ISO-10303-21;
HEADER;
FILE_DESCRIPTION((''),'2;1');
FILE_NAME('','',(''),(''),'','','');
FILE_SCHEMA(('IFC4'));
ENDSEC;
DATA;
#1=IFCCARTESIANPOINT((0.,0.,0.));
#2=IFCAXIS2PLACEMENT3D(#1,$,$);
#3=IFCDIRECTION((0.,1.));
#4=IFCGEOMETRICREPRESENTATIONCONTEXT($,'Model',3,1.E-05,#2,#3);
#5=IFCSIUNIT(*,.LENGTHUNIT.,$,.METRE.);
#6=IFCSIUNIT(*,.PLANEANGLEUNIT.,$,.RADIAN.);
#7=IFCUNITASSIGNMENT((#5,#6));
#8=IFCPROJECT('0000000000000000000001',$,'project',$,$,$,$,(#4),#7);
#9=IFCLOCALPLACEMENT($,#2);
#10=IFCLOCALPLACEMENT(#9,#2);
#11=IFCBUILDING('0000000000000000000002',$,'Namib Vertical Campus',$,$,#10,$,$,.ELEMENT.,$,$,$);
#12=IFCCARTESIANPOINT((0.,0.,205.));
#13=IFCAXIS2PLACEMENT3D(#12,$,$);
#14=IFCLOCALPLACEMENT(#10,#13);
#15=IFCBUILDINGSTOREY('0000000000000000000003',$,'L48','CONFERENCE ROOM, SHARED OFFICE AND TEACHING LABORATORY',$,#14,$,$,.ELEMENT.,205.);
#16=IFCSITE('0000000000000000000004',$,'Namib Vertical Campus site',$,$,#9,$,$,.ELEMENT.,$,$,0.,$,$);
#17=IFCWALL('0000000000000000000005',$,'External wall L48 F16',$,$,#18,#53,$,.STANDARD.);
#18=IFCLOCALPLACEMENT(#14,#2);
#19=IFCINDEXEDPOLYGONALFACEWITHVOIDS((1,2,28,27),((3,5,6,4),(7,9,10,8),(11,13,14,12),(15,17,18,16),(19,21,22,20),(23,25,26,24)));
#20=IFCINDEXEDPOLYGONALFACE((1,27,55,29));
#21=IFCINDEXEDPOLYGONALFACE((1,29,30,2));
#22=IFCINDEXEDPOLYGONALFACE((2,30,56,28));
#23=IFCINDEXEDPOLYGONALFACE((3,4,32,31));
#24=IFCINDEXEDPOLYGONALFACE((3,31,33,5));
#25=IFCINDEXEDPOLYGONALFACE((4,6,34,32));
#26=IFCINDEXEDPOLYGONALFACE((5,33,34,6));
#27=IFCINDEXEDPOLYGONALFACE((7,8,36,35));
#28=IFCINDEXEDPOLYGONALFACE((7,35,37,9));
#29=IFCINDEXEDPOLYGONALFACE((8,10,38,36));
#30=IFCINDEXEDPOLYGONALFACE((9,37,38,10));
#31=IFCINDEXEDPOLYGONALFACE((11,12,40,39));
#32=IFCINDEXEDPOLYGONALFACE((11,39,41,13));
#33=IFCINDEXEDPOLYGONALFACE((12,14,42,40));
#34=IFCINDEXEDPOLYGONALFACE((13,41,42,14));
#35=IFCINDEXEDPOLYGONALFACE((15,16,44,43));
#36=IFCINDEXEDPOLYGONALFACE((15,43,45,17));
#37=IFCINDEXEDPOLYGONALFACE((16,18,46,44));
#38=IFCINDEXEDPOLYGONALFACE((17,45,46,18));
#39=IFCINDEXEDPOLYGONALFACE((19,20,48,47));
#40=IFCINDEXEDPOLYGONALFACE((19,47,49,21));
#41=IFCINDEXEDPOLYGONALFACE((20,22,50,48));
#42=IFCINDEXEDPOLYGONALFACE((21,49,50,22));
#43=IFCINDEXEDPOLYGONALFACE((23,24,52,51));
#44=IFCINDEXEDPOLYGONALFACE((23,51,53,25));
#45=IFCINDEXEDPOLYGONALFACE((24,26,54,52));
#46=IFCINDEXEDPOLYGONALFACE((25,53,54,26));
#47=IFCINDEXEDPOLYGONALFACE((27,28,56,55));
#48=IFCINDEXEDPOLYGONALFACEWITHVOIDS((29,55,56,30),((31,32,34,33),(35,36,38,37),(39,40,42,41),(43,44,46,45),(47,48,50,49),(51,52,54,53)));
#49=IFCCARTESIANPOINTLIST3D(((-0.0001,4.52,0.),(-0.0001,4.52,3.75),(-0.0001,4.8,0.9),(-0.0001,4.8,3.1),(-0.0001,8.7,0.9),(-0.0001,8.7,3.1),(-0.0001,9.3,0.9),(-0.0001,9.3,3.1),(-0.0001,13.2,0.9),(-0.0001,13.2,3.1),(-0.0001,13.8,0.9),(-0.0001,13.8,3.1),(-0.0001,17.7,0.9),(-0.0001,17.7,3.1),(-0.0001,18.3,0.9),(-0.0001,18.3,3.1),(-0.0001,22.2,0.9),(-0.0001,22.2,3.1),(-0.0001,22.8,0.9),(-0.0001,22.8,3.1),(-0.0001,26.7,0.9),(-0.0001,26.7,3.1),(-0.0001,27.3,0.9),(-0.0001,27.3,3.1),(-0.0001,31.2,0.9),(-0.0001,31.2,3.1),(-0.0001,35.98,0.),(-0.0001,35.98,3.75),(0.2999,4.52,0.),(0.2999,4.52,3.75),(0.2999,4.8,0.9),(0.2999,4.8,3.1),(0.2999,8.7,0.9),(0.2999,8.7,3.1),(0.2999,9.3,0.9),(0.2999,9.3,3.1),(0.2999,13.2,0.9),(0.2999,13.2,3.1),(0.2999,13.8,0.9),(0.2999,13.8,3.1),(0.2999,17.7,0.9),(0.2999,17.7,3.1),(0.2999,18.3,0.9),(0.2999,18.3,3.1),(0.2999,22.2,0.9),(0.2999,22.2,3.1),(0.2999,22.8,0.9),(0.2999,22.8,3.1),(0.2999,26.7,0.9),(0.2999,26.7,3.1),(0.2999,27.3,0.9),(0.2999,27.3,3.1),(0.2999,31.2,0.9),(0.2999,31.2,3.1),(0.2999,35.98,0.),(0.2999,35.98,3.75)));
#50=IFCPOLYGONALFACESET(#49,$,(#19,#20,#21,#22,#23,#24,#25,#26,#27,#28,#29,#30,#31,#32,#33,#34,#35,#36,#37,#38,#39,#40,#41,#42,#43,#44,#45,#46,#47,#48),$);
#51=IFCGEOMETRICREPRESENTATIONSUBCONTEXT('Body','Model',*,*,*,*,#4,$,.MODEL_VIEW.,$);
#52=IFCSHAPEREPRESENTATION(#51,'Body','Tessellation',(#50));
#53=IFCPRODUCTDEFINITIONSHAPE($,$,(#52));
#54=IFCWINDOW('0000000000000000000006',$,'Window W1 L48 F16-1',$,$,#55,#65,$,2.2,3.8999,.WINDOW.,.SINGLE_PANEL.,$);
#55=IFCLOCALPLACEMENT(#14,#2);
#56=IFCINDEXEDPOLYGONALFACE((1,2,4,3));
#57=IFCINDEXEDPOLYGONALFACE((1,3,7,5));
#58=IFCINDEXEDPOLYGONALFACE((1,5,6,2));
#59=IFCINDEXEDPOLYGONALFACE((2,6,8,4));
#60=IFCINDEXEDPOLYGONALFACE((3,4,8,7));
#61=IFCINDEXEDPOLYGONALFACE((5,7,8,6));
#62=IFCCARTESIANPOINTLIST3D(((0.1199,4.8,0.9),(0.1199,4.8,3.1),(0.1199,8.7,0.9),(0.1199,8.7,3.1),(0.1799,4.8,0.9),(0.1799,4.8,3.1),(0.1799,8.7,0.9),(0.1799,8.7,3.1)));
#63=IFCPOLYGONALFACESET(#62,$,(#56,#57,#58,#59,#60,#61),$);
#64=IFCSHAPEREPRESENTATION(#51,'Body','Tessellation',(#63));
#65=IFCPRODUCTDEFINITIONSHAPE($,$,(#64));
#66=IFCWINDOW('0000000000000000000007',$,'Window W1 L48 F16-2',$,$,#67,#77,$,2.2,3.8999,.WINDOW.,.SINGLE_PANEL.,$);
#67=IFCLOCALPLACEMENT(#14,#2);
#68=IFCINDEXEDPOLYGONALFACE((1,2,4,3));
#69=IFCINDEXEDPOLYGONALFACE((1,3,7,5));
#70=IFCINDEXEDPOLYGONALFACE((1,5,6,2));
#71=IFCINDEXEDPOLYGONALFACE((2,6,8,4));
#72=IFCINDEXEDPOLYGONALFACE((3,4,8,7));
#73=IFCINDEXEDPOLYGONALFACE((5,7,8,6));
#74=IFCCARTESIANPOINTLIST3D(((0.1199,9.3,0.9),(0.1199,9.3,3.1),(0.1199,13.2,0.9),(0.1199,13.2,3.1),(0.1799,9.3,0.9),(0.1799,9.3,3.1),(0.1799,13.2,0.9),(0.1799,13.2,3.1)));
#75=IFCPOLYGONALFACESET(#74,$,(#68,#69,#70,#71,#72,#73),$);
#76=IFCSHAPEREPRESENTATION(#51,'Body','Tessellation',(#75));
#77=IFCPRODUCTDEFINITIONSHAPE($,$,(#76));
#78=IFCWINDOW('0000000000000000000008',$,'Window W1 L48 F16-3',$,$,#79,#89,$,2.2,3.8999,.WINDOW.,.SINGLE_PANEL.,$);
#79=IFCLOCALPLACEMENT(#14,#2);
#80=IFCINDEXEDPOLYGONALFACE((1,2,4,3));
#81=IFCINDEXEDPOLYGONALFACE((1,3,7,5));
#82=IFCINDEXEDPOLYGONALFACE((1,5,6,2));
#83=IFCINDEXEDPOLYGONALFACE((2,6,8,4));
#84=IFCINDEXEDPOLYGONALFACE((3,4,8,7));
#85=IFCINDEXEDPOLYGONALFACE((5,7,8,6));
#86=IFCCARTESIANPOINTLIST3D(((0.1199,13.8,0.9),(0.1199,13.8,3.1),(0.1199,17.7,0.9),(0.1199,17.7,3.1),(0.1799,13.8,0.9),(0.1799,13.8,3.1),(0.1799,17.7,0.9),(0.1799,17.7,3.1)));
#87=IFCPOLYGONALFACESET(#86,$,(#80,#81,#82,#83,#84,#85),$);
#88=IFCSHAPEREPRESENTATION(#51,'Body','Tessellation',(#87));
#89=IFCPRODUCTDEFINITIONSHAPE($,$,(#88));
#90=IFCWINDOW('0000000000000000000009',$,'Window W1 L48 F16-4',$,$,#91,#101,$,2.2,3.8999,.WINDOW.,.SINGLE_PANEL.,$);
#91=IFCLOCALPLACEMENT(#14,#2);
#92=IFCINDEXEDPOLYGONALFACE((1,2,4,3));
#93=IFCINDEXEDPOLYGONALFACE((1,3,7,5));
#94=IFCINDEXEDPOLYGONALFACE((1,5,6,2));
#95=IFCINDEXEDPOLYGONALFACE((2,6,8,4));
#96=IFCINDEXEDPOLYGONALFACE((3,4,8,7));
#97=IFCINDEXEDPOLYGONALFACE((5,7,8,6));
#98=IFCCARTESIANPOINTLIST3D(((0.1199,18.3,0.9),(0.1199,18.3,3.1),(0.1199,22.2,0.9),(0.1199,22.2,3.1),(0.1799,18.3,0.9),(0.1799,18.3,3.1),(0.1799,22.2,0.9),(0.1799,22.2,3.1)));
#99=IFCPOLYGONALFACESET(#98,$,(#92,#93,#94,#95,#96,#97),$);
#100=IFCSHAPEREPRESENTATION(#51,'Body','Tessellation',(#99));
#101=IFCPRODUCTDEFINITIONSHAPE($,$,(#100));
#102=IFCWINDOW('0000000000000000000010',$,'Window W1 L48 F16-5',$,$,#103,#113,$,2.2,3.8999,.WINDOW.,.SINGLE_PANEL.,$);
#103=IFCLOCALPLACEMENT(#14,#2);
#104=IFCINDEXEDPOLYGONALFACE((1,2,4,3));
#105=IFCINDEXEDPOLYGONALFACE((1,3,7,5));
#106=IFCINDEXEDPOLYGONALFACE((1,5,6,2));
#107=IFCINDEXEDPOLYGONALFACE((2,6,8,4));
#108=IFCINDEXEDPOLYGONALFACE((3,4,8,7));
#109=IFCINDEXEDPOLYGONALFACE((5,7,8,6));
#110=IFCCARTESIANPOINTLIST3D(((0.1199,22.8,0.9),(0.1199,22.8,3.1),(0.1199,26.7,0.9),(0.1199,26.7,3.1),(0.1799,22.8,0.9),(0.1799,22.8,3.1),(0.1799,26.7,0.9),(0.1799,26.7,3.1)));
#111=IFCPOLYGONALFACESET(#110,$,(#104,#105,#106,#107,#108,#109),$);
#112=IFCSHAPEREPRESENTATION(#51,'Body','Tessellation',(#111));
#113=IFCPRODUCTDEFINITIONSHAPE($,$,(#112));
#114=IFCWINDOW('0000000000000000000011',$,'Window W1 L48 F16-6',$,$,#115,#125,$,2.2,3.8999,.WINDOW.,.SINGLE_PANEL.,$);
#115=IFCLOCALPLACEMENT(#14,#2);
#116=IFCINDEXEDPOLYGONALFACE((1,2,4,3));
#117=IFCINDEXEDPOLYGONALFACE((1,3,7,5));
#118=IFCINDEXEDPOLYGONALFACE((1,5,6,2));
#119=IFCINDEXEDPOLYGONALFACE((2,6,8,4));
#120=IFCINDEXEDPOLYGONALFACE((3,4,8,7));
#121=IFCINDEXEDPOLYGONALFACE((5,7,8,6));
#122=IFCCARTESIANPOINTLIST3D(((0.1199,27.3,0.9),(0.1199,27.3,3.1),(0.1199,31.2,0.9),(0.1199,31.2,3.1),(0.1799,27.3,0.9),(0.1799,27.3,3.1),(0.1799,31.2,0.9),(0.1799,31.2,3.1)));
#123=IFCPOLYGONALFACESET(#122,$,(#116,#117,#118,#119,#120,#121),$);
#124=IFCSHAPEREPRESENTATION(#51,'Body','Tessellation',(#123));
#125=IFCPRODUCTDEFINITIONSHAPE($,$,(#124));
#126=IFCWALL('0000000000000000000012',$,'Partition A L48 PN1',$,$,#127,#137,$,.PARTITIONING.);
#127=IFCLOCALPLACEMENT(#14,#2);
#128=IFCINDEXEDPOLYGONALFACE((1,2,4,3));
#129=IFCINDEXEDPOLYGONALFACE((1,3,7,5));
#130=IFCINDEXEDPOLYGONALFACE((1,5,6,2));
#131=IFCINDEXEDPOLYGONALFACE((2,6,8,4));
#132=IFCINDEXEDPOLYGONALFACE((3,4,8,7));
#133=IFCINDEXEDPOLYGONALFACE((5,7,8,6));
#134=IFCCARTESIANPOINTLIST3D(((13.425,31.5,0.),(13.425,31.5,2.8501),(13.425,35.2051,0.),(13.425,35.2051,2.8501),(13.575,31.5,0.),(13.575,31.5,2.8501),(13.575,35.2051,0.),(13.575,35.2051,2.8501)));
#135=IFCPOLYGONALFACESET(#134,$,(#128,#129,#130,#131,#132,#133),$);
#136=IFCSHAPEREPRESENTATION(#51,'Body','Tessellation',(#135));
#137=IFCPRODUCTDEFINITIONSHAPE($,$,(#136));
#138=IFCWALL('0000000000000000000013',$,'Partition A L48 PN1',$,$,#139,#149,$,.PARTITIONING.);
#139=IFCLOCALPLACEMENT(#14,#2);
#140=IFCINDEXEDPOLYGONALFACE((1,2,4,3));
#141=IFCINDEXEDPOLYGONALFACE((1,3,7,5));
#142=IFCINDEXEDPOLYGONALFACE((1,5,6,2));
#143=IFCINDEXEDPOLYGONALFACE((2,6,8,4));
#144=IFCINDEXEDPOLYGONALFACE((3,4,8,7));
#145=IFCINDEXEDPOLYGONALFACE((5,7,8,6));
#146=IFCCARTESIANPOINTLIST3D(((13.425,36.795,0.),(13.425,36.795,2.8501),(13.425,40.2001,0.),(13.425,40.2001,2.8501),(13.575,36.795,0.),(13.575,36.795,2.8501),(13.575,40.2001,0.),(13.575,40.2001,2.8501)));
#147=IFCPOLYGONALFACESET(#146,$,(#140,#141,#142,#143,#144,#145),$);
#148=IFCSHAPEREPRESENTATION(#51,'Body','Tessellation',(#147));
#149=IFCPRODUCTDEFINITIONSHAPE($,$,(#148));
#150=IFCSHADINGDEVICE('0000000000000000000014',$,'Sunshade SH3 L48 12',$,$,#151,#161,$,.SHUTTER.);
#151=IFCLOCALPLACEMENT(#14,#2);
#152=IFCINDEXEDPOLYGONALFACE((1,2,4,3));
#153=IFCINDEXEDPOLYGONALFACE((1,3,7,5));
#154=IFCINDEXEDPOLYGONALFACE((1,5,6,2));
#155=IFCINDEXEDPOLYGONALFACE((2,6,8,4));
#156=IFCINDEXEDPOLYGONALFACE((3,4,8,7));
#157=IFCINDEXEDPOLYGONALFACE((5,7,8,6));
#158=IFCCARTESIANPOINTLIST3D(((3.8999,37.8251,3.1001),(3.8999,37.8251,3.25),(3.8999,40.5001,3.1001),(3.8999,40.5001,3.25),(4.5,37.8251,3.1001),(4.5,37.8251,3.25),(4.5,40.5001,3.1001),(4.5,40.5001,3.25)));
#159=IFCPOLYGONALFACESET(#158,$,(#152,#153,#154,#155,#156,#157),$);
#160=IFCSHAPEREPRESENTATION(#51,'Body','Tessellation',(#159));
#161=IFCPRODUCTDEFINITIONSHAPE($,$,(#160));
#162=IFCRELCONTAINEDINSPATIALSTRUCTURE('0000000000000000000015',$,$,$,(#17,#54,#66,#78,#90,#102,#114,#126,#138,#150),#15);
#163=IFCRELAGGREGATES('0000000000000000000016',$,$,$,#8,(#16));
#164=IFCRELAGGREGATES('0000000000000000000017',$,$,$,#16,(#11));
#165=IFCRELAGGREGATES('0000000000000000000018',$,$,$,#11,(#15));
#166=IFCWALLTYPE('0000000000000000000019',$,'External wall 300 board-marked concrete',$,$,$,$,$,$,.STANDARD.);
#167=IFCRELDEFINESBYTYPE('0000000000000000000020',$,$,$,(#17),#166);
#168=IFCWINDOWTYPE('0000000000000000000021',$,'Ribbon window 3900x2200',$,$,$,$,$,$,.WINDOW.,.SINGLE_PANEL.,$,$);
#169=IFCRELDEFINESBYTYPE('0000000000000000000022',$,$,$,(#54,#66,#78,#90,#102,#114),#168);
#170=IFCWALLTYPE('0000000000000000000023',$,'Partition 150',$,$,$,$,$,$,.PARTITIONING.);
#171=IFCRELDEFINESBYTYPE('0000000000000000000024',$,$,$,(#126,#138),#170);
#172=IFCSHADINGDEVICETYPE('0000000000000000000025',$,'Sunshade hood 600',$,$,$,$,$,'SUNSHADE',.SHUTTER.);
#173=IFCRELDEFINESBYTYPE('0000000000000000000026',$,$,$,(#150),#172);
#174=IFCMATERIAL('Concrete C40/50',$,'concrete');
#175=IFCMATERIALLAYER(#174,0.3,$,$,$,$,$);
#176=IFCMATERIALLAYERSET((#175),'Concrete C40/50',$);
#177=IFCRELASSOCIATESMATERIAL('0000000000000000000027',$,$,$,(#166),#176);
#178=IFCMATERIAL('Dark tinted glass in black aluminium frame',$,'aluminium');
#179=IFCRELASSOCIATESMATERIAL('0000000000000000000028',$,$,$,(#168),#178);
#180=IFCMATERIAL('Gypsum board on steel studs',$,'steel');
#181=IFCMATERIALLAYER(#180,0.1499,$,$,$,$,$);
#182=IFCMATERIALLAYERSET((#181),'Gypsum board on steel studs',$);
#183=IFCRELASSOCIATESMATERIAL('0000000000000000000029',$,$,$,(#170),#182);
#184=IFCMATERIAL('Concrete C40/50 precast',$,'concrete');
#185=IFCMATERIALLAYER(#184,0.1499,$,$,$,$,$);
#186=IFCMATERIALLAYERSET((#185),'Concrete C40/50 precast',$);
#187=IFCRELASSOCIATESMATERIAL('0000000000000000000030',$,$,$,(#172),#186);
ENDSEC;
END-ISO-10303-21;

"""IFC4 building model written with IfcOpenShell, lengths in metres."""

from ifc_helpers import new_model, si_unit, direction, frame, frame_2d, origin, origin_2d, place, context, subcontext, project, spatial, rectangle, extrude, material, layer, layer_set, type_object, element, fill, save


model = new_model("IFC4")

# Units and contexts
model_context = context("Model", 3, precision=1e-05, world=origin(), true_north=direction((0.0, 1.0)))
body_context = subcontext(model_context, "Body", "Model", "MODEL_VIEW")
ifc_project = project(units=[si_unit("LENGTHUNIT", "METRE"), si_unit("PLANEANGLEUNIT", "RADIAN")], contexts=[model_context])

# Site, building, storey
site_placement = place(None, origin())
site = spatial("IfcSite", under=ifc_project, at=site_placement, Name="Namib Vertical Campus site", CompositionType="ELEMENT", RefElevation=0.0)
building_placement = place(site_placement, origin())
building = spatial("IfcBuilding", under=site, at=building_placement, Name="Namib Vertical Campus", CompositionType="ELEMENT")
storey_placement = place(building_placement, frame((0.0, 0.0, 205.0)))
storey = spatial("IfcBuildingStorey", under=building, at=storey_placement, Name="L48", Description="CONFERENCE ROOM, SHARED OFFICE AND TEACHING LABORATORY", CompositionType="ELEMENT", Elevation=205.0)

# Shared definitions
ifc_material_1 = material(Name="Concrete C40/50", Category="concrete")
ifc_layer_1 = layer(ifc_material_1, 0.3)
ifc_layer_set_1 = layer_set([ifc_layer_1], Name="Concrete C40/50")
wall_type_1 = type_object("IfcWallType", Name="External wall 300 board-marked concrete", PredefinedType="STANDARD", material=ifc_layer_set_1)

# Wall, openings, windows
wall_1_placement = place(storey_placement, frame((0.1499, 35.98, 0.0), z_axis=(0.0, 0.0, 1.0), x_axis=(0.0, -1.0, 0.0)))
wall_1 = element("IfcWall", 1, at=wall_1_placement, inside=storey, type_object=wall_type_1, Name="External wall L48 F16", PredefinedType="STANDARD", context=body_context, shape_type="SweptSolid", body=[
    extrude(rectangle(XDim=31.46, YDim=0.3, at=frame_2d((15.73, 0.0))), origin(), (0.0, 0.0, 1.0), 3.75),
])
opening_1_placement = place(wall_1_placement, frame((27.28, 0.0, 0.8999)))
opening_1 = element("IfcOpeningElement", 2, at=opening_1_placement, cuts=wall_1, PredefinedType="OPENING", context=body_context, shape_type="SweptSolid", body=[
    extrude(rectangle(XDim=3.8999, YDim=2.2, at=frame_2d((1.95, 1.1001))), frame((0.0, 0.1599, 0.0), z_axis=(0.0, -1.0, 0.0), x_axis=(1.0, 0.0, 0.0)), (0.0, 0.0, 1.0), 0.3201),
])
opening_2_placement = place(wall_1_placement, frame((22.78, 0.0, 0.8999)))
opening_2 = element("IfcOpeningElement", 3, at=opening_2_placement, cuts=wall_1, PredefinedType="OPENING", context=body_context, shape_type="SweptSolid", body=[
    extrude(rectangle(XDim=3.8999, YDim=2.2, at=frame_2d((1.95, 1.1001))), frame((0.0, 0.1599, 0.0), z_axis=(0.0, -1.0, 0.0), x_axis=(1.0, 0.0, 0.0)), (0.0, 0.0, 1.0), 0.3201),
])
opening_3_placement = place(wall_1_placement, frame((18.28, 0.0, 0.8999)))
opening_3 = element("IfcOpeningElement", 4, at=opening_3_placement, cuts=wall_1, PredefinedType="OPENING", context=body_context, shape_type="SweptSolid", body=[
    extrude(rectangle(XDim=3.8999, YDim=2.2, at=frame_2d((1.95, 1.1001))), frame((0.0, 0.1599, 0.0), z_axis=(0.0, -1.0, 0.0), x_axis=(1.0, 0.0, 0.0)), (0.0, 0.0, 1.0), 0.3201),
])
opening_4_placement = place(wall_1_placement, frame((13.78, 0.0, 0.8999)))
opening_4 = element("IfcOpeningElement", 5, at=opening_4_placement, cuts=wall_1, PredefinedType="OPENING", context=body_context, shape_type="SweptSolid", body=[
    extrude(rectangle(XDim=3.8999, YDim=2.2, at=frame_2d((1.95, 1.1001))), frame((0.0, 0.1599, 0.0), z_axis=(0.0, -1.0, 0.0), x_axis=(1.0, 0.0, 0.0)), (0.0, 0.0, 1.0), 0.3201),
])
opening_5_placement = place(wall_1_placement, frame((9.28, 0.0, 0.8999)))
opening_5 = element("IfcOpeningElement", 6, at=opening_5_placement, cuts=wall_1, PredefinedType="OPENING", context=body_context, shape_type="SweptSolid", body=[
    extrude(rectangle(XDim=3.8999, YDim=2.2, at=frame_2d((1.95, 1.1001))), frame((0.0, 0.1599, 0.0), z_axis=(0.0, -1.0, 0.0), x_axis=(1.0, 0.0, 0.0)), (0.0, 0.0, 1.0), 0.3201),
])
opening_6_placement = place(wall_1_placement, frame((4.78, 0.0, 0.8999)))
opening_6 = element("IfcOpeningElement", 7, at=opening_6_placement, cuts=wall_1, PredefinedType="OPENING", context=body_context, shape_type="SweptSolid", body=[
    extrude(rectangle(XDim=3.8999, YDim=2.2, at=frame_2d((1.95, 1.1001))), frame((0.0, 0.1599, 0.0), z_axis=(0.0, -1.0, 0.0), x_axis=(1.0, 0.0, 0.0)), (0.0, 0.0, 1.0), 0.3201),
])
ifc_material_2 = material(Name="Dark tinted glass in black aluminium frame", Category="aluminium")
window_type = type_object("IfcWindowType", Name="Ribbon window 3900x2200", PartitioningType="SINGLE_PANEL", PredefinedType="WINDOW", material=ifc_material_2)
window_1_placement = place(opening_1_placement, origin())
window_1 = element("IfcWindow", 8, at=window_1_placement, inside=storey, type_object=window_type, Name="Window W1 L48 F16-1", OverallHeight=2.2, OverallWidth=3.8999, PartitioningType="SINGLE_PANEL", PredefinedType="WINDOW", context=body_context, shape_type="SweptSolid", body=[
    extrude(rectangle(XDim=3.8999, YDim=2.2, at=frame_2d((1.95, 1.1001))), frame((0.0, 0.03, 0.0), z_axis=(0.0, -1.0, 0.0), x_axis=(1.0, 0.0, 0.0)), (0.0, 0.0, 1.0), 0.0601),
])
fill(opening_1, window_1)
window_2_placement = place(opening_2_placement, origin())
window_2 = element("IfcWindow", 9, at=window_2_placement, inside=storey, type_object=window_type, Name="Window W1 L48 F16-2", OverallHeight=2.2, OverallWidth=3.8999, PartitioningType="SINGLE_PANEL", PredefinedType="WINDOW", context=body_context, shape_type="SweptSolid", body=[
    extrude(rectangle(XDim=3.8999, YDim=2.2, at=frame_2d((1.95, 1.1001))), frame((0.0, 0.03, 0.0), z_axis=(0.0, -1.0, 0.0), x_axis=(1.0, 0.0, 0.0)), (0.0, 0.0, 1.0), 0.0601),
])
fill(opening_2, window_2)
window_3_placement = place(opening_3_placement, origin())
window_3 = element("IfcWindow", 10, at=window_3_placement, inside=storey, type_object=window_type, Name="Window W1 L48 F16-3", OverallHeight=2.2, OverallWidth=3.8999, PartitioningType="SINGLE_PANEL", PredefinedType="WINDOW", context=body_context, shape_type="SweptSolid", body=[
    extrude(rectangle(XDim=3.8999, YDim=2.2, at=frame_2d((1.95, 1.1001))), frame((0.0, 0.03, 0.0), z_axis=(0.0, -1.0, 0.0), x_axis=(1.0, 0.0, 0.0)), (0.0, 0.0, 1.0), 0.0601),
])
fill(opening_3, window_3)
window_4_placement = place(opening_4_placement, origin())
window_4 = element("IfcWindow", 11, at=window_4_placement, inside=storey, type_object=window_type, Name="Window W1 L48 F16-4", OverallHeight=2.2, OverallWidth=3.8999, PartitioningType="SINGLE_PANEL", PredefinedType="WINDOW", context=body_context, shape_type="SweptSolid", body=[
    extrude(rectangle(XDim=3.8999, YDim=2.2, at=frame_2d((1.95, 1.1001))), frame((0.0, 0.03, 0.0), z_axis=(0.0, -1.0, 0.0), x_axis=(1.0, 0.0, 0.0)), (0.0, 0.0, 1.0), 0.0601),
])
fill(opening_4, window_4)
window_5_placement = place(opening_5_placement, origin())
window_5 = element("IfcWindow", 12, at=window_5_placement, inside=storey, type_object=window_type, Name="Window W1 L48 F16-5", OverallHeight=2.2, OverallWidth=3.8999, PartitioningType="SINGLE_PANEL", PredefinedType="WINDOW", context=body_context, shape_type="SweptSolid", body=[
    extrude(rectangle(XDim=3.8999, YDim=2.2, at=frame_2d((1.95, 1.1001))), frame((0.0, 0.03, 0.0), z_axis=(0.0, -1.0, 0.0), x_axis=(1.0, 0.0, 0.0)), (0.0, 0.0, 1.0), 0.0601),
])
fill(opening_5, window_5)
window_6_placement = place(opening_6_placement, origin())
window_6 = element("IfcWindow", 13, at=window_6_placement, inside=storey, type_object=window_type, Name="Window W1 L48 F16-6", OverallHeight=2.2, OverallWidth=3.8999, PartitioningType="SINGLE_PANEL", PredefinedType="WINDOW", context=body_context, shape_type="SweptSolid", body=[
    extrude(rectangle(XDim=3.8999, YDim=2.2, at=frame_2d((1.95, 1.1001))), frame((0.0, 0.03, 0.0), z_axis=(0.0, -1.0, 0.0), x_axis=(1.0, 0.0, 0.0)), (0.0, 0.0, 1.0), 0.0601),
])
fill(opening_6, window_6)

# Walls
ifc_material_3 = material(Name="Gypsum board on steel studs", Category="steel")
ifc_layer_2 = layer(ifc_material_3, 0.1499)
ifc_layer_set_2 = layer_set([ifc_layer_2], Name="Gypsum board on steel studs")
wall_type_2 = type_object("IfcWallType", Name="Partition 150", PredefinedType="PARTITIONING", material=ifc_layer_set_2)
wall_2_placement = place(storey_placement, frame((13.5, 31.5, 0.0), z_axis=(0.0, 0.0, 1.0), x_axis=(0.0, 1.0, 0.0)))
element("IfcWall", 14, at=wall_2_placement, inside=storey, type_object=wall_type_2, Name="Partition A L48 PN1", PredefinedType="PARTITIONING", context=body_context, shape_type="SweptSolid", body=[
    extrude(rectangle(XDim=3.7051, YDim=0.1499, at=frame_2d((1.8525, 0.0))), origin(), (0.0, 0.0, 1.0), 2.8501),
])
wall_3_placement = place(storey_placement, frame((13.5, 36.7949, 0.0), z_axis=(0.0, 0.0, 1.0), x_axis=(0.0, 1.0, 0.0)))
element("IfcWall", 15, at=wall_3_placement, inside=storey, type_object=wall_type_2, Name="Partition A L48 PN1", PredefinedType="PARTITIONING", context=body_context, shape_type="SweptSolid", body=[
    extrude(rectangle(XDim=3.405, YDim=0.1499, at=frame_2d((1.7026, 0.0))), origin(), (0.0, 0.0, 1.0), 2.8501),
])

# Shading device
ifc_material_4 = material(Name="Concrete C40/50 precast", Category="concrete")
ifc_layer_3 = layer(ifc_material_4, 0.1499)
ifc_layer_set_3 = layer_set([ifc_layer_3], Name="Concrete C40/50 precast")
shading_device_type = type_object("IfcShadingDeviceType", Name="Sunshade hood 600", ElementType="SUNSHADE", PredefinedType="SHUTTER", material=ifc_layer_set_3)
for number, where, z_axis, x_axis, name in (
    (16, (4.2, 39.1626, 3.1001), (0.0, 0.0, 1.0), (0.0, -1.0, 0.0), "Sunshade SH3 L48 12"),
):
    element("IfcShadingDevice", number, at=place(storey_placement, frame(where, z_axis=z_axis, x_axis=x_axis)), inside=storey, type_object=shading_device_type, Name=name, PredefinedType="SHUTTER", context=body_context, shape_type="SweptSolid", body=[
        extrude(rectangle(XDim=2.675, YDim=0.6001, at=origin_2d()), origin(), (0.0, 0.0, 1.0), 0.1499),
    ])

save(model, "model.ifc")
